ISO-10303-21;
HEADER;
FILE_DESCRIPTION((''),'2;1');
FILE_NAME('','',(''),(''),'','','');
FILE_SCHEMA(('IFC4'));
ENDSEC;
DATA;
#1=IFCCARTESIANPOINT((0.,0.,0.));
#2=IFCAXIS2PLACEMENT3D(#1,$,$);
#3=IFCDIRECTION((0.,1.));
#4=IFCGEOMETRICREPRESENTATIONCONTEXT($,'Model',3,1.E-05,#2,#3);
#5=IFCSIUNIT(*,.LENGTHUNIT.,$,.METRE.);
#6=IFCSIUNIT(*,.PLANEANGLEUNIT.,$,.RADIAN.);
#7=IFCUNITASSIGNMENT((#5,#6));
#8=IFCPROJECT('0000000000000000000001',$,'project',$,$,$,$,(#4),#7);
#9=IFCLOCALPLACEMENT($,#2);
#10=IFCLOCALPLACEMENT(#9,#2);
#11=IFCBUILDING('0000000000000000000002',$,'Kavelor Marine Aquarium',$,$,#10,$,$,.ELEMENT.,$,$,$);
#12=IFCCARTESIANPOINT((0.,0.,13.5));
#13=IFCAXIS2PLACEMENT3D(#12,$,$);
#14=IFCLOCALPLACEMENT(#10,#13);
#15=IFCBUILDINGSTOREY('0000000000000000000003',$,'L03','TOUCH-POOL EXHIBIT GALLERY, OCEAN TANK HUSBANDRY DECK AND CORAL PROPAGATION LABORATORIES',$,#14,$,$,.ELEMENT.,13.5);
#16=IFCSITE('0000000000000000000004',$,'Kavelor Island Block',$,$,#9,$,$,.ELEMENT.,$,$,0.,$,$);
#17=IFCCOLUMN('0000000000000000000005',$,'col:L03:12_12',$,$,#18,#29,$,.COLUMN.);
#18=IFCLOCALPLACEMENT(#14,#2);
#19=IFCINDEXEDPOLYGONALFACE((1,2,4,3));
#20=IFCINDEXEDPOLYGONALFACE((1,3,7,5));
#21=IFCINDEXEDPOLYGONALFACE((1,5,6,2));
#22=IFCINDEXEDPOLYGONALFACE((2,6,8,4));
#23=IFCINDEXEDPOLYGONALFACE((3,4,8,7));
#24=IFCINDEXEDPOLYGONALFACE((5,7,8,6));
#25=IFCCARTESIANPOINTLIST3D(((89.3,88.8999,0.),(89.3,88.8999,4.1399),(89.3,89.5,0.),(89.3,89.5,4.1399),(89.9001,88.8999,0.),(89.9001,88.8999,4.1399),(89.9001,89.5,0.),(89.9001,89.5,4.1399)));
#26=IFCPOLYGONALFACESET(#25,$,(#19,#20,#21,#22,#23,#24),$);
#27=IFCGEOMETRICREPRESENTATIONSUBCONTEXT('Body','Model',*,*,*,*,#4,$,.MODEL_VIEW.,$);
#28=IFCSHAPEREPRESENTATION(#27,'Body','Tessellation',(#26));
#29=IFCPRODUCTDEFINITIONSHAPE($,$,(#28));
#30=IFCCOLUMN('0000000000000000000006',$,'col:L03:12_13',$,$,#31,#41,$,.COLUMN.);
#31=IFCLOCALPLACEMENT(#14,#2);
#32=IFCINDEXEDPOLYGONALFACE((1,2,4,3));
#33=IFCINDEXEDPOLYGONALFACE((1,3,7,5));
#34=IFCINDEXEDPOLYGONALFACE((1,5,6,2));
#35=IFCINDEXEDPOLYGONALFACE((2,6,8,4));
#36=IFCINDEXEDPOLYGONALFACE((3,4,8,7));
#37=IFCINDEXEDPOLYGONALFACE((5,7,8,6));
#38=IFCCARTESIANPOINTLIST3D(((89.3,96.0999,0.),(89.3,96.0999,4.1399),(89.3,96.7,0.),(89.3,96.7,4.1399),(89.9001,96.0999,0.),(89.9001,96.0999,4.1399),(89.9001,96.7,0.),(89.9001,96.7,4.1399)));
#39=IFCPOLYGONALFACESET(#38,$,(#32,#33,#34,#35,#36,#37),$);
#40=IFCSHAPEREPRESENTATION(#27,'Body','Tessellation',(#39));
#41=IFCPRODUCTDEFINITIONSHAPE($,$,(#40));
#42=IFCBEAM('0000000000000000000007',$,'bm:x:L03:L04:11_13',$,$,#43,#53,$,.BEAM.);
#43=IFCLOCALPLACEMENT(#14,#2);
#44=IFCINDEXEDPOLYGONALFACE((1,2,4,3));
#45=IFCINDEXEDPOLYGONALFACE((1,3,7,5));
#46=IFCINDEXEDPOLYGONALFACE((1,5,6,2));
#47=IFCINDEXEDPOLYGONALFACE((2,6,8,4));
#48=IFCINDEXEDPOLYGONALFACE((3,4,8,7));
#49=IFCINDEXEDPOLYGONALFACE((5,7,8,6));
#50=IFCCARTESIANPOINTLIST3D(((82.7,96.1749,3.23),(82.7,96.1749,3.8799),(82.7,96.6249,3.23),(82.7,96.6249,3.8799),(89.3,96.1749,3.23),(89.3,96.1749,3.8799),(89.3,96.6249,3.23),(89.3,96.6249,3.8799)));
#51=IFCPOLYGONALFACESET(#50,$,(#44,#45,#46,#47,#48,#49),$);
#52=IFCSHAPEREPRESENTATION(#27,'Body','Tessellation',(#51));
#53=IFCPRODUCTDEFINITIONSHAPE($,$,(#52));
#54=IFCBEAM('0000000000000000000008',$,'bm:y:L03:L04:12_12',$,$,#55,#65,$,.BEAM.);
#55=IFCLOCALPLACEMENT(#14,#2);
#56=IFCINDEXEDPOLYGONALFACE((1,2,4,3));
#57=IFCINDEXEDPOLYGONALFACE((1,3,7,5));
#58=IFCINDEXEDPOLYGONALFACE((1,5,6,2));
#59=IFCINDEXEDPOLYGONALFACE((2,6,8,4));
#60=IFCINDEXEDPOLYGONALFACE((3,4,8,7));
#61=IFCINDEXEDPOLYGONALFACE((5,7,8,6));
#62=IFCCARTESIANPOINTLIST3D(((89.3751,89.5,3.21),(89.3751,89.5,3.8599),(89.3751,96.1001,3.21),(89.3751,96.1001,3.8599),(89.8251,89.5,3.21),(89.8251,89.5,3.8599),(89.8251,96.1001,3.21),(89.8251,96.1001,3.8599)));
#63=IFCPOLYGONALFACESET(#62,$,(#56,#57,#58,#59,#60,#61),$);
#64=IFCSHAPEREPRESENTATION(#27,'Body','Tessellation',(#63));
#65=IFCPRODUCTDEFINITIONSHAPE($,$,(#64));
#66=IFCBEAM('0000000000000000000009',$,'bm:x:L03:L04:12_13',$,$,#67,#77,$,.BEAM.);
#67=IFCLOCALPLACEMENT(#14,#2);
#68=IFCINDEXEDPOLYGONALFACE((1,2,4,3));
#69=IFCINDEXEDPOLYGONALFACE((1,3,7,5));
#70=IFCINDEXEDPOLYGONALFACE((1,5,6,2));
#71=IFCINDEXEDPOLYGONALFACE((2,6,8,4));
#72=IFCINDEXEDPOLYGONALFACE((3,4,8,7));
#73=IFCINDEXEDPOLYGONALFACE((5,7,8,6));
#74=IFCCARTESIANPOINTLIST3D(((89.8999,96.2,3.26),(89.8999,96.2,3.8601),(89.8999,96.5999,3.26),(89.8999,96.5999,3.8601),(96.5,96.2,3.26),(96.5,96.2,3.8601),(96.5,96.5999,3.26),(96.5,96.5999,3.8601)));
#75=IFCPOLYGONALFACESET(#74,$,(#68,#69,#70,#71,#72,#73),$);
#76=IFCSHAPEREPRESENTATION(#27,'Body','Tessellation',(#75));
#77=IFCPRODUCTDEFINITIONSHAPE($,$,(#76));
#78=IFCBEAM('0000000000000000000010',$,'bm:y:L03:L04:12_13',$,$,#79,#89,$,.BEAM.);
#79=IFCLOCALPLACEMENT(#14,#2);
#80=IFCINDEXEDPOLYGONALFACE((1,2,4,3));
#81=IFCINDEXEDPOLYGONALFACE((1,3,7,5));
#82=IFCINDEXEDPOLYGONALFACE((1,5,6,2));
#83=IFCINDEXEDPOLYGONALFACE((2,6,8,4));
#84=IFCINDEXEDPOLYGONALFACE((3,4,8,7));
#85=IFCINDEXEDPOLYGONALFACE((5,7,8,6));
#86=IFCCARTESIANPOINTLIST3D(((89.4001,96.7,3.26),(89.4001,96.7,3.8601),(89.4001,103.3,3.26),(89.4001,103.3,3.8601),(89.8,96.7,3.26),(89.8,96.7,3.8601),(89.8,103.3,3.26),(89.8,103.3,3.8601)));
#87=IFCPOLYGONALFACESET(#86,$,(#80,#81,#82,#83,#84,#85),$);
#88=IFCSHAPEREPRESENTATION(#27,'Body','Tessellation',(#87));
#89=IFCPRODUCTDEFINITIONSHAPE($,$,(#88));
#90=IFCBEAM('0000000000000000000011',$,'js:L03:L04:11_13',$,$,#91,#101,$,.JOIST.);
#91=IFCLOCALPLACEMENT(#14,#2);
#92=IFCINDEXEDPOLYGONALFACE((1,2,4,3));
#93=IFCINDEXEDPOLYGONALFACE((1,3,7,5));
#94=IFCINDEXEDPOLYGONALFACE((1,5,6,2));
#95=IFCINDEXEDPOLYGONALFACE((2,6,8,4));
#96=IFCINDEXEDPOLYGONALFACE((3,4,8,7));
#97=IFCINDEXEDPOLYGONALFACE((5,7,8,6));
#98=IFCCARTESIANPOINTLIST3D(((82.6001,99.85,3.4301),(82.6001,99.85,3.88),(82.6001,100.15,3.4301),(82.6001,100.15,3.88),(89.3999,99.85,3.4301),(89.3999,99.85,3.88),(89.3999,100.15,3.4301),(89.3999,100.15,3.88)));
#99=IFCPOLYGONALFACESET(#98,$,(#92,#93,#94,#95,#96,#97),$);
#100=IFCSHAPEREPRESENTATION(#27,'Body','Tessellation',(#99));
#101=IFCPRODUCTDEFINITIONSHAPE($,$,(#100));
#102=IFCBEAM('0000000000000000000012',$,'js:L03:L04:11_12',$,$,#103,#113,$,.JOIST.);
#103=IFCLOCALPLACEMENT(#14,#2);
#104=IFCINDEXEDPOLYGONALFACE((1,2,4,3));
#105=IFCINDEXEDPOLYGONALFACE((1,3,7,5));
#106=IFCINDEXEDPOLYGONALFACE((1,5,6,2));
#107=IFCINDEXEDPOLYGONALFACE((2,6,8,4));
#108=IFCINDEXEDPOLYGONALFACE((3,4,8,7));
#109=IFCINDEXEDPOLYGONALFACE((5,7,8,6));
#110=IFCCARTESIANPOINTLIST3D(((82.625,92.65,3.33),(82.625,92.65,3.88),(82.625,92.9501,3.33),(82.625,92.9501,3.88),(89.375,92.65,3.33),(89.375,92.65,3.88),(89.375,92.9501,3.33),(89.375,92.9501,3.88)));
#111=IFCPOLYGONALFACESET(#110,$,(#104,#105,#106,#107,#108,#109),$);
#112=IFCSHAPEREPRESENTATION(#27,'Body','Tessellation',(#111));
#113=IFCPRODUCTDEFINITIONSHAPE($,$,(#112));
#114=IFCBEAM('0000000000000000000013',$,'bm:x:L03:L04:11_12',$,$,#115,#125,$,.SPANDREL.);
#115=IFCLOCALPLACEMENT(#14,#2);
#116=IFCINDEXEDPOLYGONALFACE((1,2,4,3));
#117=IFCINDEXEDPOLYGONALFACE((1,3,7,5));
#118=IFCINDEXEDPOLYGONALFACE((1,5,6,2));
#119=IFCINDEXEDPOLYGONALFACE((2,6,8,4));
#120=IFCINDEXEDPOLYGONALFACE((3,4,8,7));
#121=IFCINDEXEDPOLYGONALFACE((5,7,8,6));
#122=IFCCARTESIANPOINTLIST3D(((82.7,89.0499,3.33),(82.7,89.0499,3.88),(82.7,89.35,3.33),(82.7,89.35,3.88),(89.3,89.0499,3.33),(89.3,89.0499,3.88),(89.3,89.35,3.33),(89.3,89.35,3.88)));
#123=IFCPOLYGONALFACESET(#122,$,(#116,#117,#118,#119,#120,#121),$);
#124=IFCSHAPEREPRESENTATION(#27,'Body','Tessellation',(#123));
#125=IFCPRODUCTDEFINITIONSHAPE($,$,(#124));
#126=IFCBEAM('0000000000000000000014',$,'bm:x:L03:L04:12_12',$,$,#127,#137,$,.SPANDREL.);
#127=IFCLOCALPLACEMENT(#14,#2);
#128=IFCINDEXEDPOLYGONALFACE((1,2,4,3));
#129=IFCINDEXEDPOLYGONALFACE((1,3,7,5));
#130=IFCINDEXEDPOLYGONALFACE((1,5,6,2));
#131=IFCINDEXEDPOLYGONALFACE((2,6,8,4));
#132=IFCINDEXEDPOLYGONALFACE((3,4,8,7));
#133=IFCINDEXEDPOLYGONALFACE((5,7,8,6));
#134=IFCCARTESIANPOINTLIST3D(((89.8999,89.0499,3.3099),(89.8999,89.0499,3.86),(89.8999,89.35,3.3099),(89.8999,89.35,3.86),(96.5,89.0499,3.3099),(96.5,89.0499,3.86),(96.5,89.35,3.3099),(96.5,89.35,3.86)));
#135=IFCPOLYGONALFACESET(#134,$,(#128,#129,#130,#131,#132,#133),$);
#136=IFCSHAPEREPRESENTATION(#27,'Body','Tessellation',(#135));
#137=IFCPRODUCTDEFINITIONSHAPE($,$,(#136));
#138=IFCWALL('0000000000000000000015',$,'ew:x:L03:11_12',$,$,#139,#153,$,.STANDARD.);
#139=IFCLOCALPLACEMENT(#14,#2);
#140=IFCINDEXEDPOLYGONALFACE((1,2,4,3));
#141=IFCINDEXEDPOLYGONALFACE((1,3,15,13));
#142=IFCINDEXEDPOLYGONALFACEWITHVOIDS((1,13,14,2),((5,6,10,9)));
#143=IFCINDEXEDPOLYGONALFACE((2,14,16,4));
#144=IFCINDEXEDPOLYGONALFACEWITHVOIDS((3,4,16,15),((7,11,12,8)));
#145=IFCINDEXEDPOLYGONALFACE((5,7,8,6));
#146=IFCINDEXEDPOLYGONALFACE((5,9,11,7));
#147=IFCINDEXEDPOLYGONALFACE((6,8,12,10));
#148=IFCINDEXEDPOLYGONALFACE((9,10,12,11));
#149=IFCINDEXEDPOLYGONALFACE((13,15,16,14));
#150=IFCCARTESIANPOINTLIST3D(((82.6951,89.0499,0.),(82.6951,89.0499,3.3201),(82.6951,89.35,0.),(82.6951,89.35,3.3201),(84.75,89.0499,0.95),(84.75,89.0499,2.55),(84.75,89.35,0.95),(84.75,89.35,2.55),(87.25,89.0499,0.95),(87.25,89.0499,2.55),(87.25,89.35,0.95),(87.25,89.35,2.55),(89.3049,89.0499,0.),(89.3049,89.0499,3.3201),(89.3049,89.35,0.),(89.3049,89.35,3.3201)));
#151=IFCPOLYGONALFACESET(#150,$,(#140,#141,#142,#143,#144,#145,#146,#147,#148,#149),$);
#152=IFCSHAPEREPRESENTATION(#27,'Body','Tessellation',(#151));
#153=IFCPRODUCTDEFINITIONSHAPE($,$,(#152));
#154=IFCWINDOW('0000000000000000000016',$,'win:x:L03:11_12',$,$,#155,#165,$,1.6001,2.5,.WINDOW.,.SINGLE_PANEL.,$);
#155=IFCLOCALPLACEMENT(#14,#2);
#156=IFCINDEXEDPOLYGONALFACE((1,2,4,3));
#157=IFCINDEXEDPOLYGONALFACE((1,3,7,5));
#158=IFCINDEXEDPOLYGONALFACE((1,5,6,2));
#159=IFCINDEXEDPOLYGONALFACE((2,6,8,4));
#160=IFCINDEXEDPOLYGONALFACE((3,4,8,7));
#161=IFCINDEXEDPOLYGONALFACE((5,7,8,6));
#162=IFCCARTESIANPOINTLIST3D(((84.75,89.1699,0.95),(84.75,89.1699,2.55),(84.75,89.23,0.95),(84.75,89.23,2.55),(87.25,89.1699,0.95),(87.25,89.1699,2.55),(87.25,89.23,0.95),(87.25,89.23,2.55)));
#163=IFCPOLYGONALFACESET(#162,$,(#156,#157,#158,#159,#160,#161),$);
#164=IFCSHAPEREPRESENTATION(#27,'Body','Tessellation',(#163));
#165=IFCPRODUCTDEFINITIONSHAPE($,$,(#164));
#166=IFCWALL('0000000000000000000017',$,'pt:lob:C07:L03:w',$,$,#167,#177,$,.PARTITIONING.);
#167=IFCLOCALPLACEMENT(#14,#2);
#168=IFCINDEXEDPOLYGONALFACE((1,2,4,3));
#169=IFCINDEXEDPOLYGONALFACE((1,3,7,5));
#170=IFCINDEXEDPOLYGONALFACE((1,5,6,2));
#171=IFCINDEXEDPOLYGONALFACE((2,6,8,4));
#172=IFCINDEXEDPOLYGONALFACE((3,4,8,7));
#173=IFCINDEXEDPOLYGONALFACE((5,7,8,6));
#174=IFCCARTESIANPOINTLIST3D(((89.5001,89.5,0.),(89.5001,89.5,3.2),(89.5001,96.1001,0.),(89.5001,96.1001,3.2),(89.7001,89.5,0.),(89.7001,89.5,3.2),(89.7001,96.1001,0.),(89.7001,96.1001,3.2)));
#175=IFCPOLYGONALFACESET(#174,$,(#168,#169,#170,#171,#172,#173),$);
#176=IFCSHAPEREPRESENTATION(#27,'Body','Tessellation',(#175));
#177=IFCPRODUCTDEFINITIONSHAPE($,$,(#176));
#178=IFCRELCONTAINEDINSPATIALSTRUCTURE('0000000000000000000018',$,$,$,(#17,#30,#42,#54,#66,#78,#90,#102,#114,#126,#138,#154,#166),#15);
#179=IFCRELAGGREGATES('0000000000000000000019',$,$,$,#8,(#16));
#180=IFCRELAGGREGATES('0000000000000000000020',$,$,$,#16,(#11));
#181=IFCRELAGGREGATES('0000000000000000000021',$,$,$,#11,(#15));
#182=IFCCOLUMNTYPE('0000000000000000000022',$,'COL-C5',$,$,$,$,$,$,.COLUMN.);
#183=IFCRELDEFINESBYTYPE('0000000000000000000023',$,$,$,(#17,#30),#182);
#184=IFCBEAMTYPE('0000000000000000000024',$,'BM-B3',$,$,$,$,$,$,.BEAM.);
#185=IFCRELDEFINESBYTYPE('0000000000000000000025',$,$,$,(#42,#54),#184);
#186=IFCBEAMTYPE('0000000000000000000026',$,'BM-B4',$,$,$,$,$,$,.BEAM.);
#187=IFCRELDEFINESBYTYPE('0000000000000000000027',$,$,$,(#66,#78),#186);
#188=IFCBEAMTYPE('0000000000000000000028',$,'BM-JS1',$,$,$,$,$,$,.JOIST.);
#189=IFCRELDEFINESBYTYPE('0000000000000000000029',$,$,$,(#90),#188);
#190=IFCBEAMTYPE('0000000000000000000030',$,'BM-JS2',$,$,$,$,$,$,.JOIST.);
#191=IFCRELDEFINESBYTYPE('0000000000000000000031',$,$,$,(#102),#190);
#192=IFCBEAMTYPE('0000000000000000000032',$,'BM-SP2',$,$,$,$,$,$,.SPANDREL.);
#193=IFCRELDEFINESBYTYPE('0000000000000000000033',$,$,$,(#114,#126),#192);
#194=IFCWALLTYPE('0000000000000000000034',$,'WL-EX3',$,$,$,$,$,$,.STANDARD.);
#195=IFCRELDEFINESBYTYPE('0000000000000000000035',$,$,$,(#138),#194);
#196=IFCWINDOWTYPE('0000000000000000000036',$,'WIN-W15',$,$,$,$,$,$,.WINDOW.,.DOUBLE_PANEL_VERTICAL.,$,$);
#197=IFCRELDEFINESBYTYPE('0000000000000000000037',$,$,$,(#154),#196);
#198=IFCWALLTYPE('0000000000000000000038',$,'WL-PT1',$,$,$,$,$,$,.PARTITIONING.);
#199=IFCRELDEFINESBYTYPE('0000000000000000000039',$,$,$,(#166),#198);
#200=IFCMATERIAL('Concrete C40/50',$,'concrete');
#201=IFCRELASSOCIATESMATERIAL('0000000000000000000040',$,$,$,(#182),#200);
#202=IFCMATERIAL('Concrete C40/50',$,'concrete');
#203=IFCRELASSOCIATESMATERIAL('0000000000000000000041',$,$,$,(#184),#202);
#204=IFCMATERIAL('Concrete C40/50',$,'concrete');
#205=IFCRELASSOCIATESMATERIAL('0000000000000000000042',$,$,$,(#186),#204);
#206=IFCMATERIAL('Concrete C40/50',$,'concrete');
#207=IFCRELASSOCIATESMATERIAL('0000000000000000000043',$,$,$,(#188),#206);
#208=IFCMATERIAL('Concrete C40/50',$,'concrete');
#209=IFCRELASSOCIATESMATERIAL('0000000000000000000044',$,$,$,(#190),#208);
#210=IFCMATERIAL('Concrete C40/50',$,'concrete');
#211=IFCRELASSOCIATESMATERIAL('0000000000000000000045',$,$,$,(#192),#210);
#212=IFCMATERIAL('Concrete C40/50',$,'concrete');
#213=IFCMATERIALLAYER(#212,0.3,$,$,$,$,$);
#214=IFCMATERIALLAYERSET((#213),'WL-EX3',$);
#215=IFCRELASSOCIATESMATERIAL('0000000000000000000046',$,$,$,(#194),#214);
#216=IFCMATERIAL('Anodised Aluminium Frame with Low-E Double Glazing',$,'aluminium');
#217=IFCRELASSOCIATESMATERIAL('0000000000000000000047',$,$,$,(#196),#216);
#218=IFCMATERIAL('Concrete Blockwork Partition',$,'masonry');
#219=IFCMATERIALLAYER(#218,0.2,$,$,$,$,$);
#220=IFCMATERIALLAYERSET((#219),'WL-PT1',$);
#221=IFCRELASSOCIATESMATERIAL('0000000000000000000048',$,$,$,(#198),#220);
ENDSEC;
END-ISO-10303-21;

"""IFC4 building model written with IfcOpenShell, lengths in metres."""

from ifc_helpers import new_model, si_unit, direction, frame, frame_2d, origin, origin_2d, place, context, subcontext, project, spatial, rectangle, extrude, material, layer, layer_set, material_profile, profile_set, type_object, element, fill, save


model = new_model("IFC4")

# Units and contexts
model_context = context("Model", 3, precision=1e-05, world=origin(), true_north=direction((0.0, 1.0)))
body_context = subcontext(model_context, "Body", "Model", "MODEL_VIEW")
ifc_project = project(units=[si_unit("LENGTHUNIT", "METRE"), si_unit("PLANEANGLEUNIT", "RADIAN")], contexts=[model_context])

# Site, building, storey
site_placement = place(None, origin())
site = spatial("IfcSite", under=ifc_project, at=site_placement, Name="Kavelor Island Block", CompositionType="ELEMENT", RefElevation=0.0)
building_placement = place(site_placement, origin())
building = spatial("IfcBuilding", under=site, at=building_placement, Name="Kavelor Marine Aquarium", CompositionType="ELEMENT")
storey_placement = place(building_placement, frame((0.0, 0.0, 13.5)))
storey = spatial("IfcBuildingStorey", under=building, at=storey_placement, Name="L03", Description="TOUCH-POOL EXHIBIT GALLERY, OCEAN TANK HUSBANDRY DECK AND CORAL PROPAGATION LABORATORIES", CompositionType="ELEMENT", Elevation=13.5)

# Columns
ifc_material_1 = material(Name="Concrete C40/50", Category="concrete")
ifc_material_profile_1 = material_profile(ifc_material_1, rectangle(XDim=0.6001, YDim=0.6001, at=origin_2d()), Name="RC-COL 600x600")
ifc_profile_set_1 = profile_set([ifc_material_profile_1], Name="Concrete C40/50")
column_type = type_object("IfcColumnType", Name="COL-C5", PredefinedType="COLUMN", material=ifc_profile_set_1)
for number, where, z_axis, x_axis, name in (
    (1, (89.6001, 89.2, 0.0), (0.0, 0.0, 1.0), (1.0, 0.0, 0.0), "col:L03:12_12"),
    (2, (89.6001, 96.3999, 0.0), (0.0, 0.0, 1.0), (1.0, 0.0, 0.0), "col:L03:12_13"),
):
    element("IfcColumn", number, at=place(storey_placement, frame(where, z_axis=z_axis, x_axis=x_axis)), inside=storey, type_object=column_type, Name=name, PredefinedType="COLUMN", context=body_context, shape_type="SweptSolid", body=[
        extrude(rectangle(XDim=0.6001, YDim=0.6001, at=origin_2d()), origin(), (0.0, 0.0, 1.0), 4.1399),
    ])

# Beams
ifc_material_2 = material(Name="Concrete C40/50", Category="concrete")
ifc_material_profile_2 = material_profile(ifc_material_2, rectangle(XDim=0.45, YDim=0.6499, at=origin_2d()), Name="RC-BM 450x650")
ifc_profile_set_2 = profile_set([ifc_material_profile_2], Name="Concrete C40/50")
beam_type_1 = type_object("IfcBeamType", Name="BM-B3", PredefinedType="BEAM", material=ifc_profile_set_2)
for number, where, z_axis, x_axis, name in (
    (3, (82.7, 96.3999, 3.5549), (1.0, 0.0, 0.0), (0.0, 1.0, 0.0), "bm:x:L03:L04:11_13"),
    (4, (89.6001, 89.5, 3.5349), (0.0, 1.0, 0.0), (-1.0, 0.0, 0.0), "bm:y:L03:L04:12_12"),
):
    element("IfcBeam", number, at=place(storey_placement, frame(where, z_axis=z_axis, x_axis=x_axis)), inside=storey, type_object=beam_type_1, Name=name, PredefinedType="BEAM", context=body_context, shape_type="SweptSolid", body=[
        extrude(rectangle(XDim=0.45, YDim=0.6499, at=origin_2d()), origin(), (0.0, 0.0, 1.0), 6.6001),
    ])
ifc_material_3 = material(Name="Concrete C40/50", Category="concrete")
ifc_material_profile_3 = material_profile(ifc_material_3, rectangle(XDim=0.3999, YDim=0.6001, at=origin_2d()), Name="RC-BM 400x600")
ifc_profile_set_3 = profile_set([ifc_material_profile_3], Name="Concrete C40/50")
beam_type_2 = type_object("IfcBeamType", Name="BM-B4", PredefinedType="BEAM", material=ifc_profile_set_3)
for number, where, z_axis, x_axis, name in (
    (5, (89.8999, 96.3999, 3.5601), (1.0, 0.0, 0.0), (0.0, 1.0, 0.0), "bm:x:L03:L04:12_13"),
    (6, (89.6001, 96.7, 3.5601), (0.0, 1.0, 0.0), (-1.0, 0.0, 0.0), "bm:y:L03:L04:12_13"),
):
    element("IfcBeam", number, at=place(storey_placement, frame(where, z_axis=z_axis, x_axis=x_axis)), inside=storey, type_object=beam_type_2, Name=name, PredefinedType="BEAM", context=body_context, shape_type="SweptSolid", body=[
        extrude(rectangle(XDim=0.3999, YDim=0.6001, at=origin_2d()), origin(), (0.0, 0.0, 1.0), 6.6001),
    ])
ifc_material_4 = material(Name="Concrete C40/50", Category="concrete")
ifc_material_profile_4 = material_profile(ifc_material_4, rectangle(XDim=0.3, YDim=0.45, at=origin_2d()), Name="RC-JS 300x450")
ifc_profile_set_4 = profile_set([ifc_material_profile_4], Name="Concrete C40/50")
beam_type_3 = type_object("IfcBeamType", Name="BM-JS1", PredefinedType="JOIST", material=ifc_profile_set_4)
beam_1_placement = place(storey_placement, frame((82.6001, 100.0, 3.655), z_axis=(1.0, 0.0, 0.0), x_axis=(0.0, 1.0, 0.0)))
element("IfcBeam", 7, at=beam_1_placement, inside=storey, type_object=beam_type_3, Name="js:L03:L04:11_13", PredefinedType="JOIST", context=body_context, shape_type="SweptSolid", body=[
    extrude(rectangle(XDim=0.3, YDim=0.45, at=origin_2d()), origin(), (0.0, 0.0, 1.0), 6.7998),
])
ifc_material_5 = material(Name="Concrete C40/50", Category="concrete")
ifc_material_profile_5 = material_profile(ifc_material_5, rectangle(XDim=0.3, YDim=0.55, at=origin_2d()), Name="RC-JS 300x550")
ifc_profile_set_5 = profile_set([ifc_material_profile_5], Name="Concrete C40/50")
beam_type_4 = type_object("IfcBeamType", Name="BM-JS2", PredefinedType="JOIST", material=ifc_profile_set_5)
beam_2_placement = place(storey_placement, frame((82.625, 92.8, 3.605), z_axis=(1.0, 0.0, 0.0), x_axis=(0.0, 1.0, 0.0)))
element("IfcBeam", 8, at=beam_2_placement, inside=storey, type_object=beam_type_4, Name="js:L03:L04:11_12", PredefinedType="JOIST", context=body_context, shape_type="SweptSolid", body=[
    extrude(rectangle(XDim=0.3, YDim=0.55, at=origin_2d()), origin(), (0.0, 0.0, 1.0), 6.75),
])
ifc_material_6 = material(Name="Concrete C40/50", Category="concrete")
ifc_material_profile_6 = material_profile(ifc_material_6, rectangle(XDim=0.3, YDim=0.55, at=origin_2d()), Name="RC-SP 300x550")
ifc_profile_set_6 = profile_set([ifc_material_profile_6], Name="Concrete C40/50")
beam_type_5 = type_object("IfcBeamType", Name="BM-SP2", PredefinedType="SPANDREL", material=ifc_profile_set_6)
for number, where, z_axis, x_axis, name in (
    (9, (82.7, 89.2, 3.605), (1.0, 0.0, 0.0), (0.0, 1.0, 0.0), "bm:x:L03:L04:11_12"),
    (10, (89.8999, 89.2, 3.585), (1.0, 0.0, 0.0), (0.0, 1.0, 0.0), "bm:x:L03:L04:12_12"),
):
    element("IfcBeam", number, at=place(storey_placement, frame(where, z_axis=z_axis, x_axis=x_axis)), inside=storey, type_object=beam_type_5, Name=name, PredefinedType="SPANDREL", context=body_context, shape_type="SweptSolid", body=[
        extrude(rectangle(XDim=0.3, YDim=0.55, at=origin_2d()), origin(), (0.0, 0.0, 1.0), 6.6001),
    ])

# Wall, opening, window
ifc_material_7 = material(Name="Concrete C40/50", Category="concrete")
ifc_layer_1 = layer(ifc_material_7, 0.3)
ifc_layer_set_1 = layer_set([ifc_layer_1], Name="WL-EX3")
wall_type_1 = type_object("IfcWallType", Name="WL-EX3", PredefinedType="STANDARD", material=ifc_layer_set_1)
wall_1_placement = place(storey_placement, frame((89.3049, 89.2, 0.0), z_axis=(0.0, 0.0, 1.0), x_axis=(-1.0, 0.0, 0.0)))
wall_1 = element("IfcWall", 11, at=wall_1_placement, inside=storey, type_object=wall_type_1, Name="ew:x:L03:11_12", PredefinedType="STANDARD", context=body_context, shape_type="SweptSolid", body=[
    extrude(rectangle(XDim=6.6099, YDim=0.3, at=frame_2d((3.3049, 0.0))), origin(), (0.0, 0.0, 1.0), 3.3201),
])
opening_1_placement = place(wall_1_placement, frame((2.0549, 0.0, 0.95)))
opening_1 = element("IfcOpeningElement", 12, at=opening_1_placement, cuts=wall_1, PredefinedType="OPENING", context=body_context, shape_type="SweptSolid", body=[
    extrude(rectangle(XDim=2.5, YDim=1.6001, at=frame_2d((1.25, 0.8))), frame((0.0, 0.1599, 0.0), z_axis=(0.0, -1.0, 0.0), x_axis=(1.0, 0.0, 0.0)), (0.0, 0.0, 1.0), 0.32),
])
ifc_material_8 = material(Name="Anodised Aluminium Frame with Low-E Double Glazing", Category="aluminium")
window_type = type_object("IfcWindowType", Name="WIN-W15", PartitioningType="DOUBLE_PANEL_VERTICAL", PredefinedType="WINDOW", material=ifc_material_8)
window_placement = place(opening_1_placement, origin())
window = element("IfcWindow", 13, at=window_placement, inside=storey, type_object=window_type, Name="win:x:L03:11_12", OverallHeight=1.6001, OverallWidth=2.5, PartitioningType="SINGLE_PANEL", PredefinedType="WINDOW", context=body_context, shape_type="SweptSolid", body=[
    extrude(rectangle(XDim=2.5, YDim=1.6001, at=frame_2d((1.25, 0.8))), frame((0.0, 0.03, 0.0), z_axis=(0.0, -1.0, 0.0), x_axis=(1.0, 0.0, 0.0)), (0.0, 0.0, 1.0), 0.0601),
])
fill(opening_1, window)

# Wall
ifc_material_9 = material(Name="Concrete Blockwork Partition", Category="masonry")
ifc_layer_2 = layer(ifc_material_9, 0.2)
ifc_layer_set_2 = layer_set([ifc_layer_2], Name="WL-PT1")
wall_type_2 = type_object("IfcWallType", Name="WL-PT1", PredefinedType="PARTITIONING", material=ifc_layer_set_2)
wall_2_placement = place(storey_placement, frame((89.6001, 89.5, 0.0), z_axis=(0.0, 0.0, 1.0), x_axis=(0.0, 1.0, 0.0)))
element("IfcWall", 14, at=wall_2_placement, inside=storey, type_object=wall_type_2, Name="pt:lob:C07:L03:w", PredefinedType="PARTITIONING", context=body_context, shape_type="SweptSolid", body=[
    extrude(rectangle(XDim=6.6001, YDim=0.2, at=frame_2d((3.3, 0.0))), origin(), (0.0, 0.0, 1.0), 3.2),
])

save(model, "model.ifc")
